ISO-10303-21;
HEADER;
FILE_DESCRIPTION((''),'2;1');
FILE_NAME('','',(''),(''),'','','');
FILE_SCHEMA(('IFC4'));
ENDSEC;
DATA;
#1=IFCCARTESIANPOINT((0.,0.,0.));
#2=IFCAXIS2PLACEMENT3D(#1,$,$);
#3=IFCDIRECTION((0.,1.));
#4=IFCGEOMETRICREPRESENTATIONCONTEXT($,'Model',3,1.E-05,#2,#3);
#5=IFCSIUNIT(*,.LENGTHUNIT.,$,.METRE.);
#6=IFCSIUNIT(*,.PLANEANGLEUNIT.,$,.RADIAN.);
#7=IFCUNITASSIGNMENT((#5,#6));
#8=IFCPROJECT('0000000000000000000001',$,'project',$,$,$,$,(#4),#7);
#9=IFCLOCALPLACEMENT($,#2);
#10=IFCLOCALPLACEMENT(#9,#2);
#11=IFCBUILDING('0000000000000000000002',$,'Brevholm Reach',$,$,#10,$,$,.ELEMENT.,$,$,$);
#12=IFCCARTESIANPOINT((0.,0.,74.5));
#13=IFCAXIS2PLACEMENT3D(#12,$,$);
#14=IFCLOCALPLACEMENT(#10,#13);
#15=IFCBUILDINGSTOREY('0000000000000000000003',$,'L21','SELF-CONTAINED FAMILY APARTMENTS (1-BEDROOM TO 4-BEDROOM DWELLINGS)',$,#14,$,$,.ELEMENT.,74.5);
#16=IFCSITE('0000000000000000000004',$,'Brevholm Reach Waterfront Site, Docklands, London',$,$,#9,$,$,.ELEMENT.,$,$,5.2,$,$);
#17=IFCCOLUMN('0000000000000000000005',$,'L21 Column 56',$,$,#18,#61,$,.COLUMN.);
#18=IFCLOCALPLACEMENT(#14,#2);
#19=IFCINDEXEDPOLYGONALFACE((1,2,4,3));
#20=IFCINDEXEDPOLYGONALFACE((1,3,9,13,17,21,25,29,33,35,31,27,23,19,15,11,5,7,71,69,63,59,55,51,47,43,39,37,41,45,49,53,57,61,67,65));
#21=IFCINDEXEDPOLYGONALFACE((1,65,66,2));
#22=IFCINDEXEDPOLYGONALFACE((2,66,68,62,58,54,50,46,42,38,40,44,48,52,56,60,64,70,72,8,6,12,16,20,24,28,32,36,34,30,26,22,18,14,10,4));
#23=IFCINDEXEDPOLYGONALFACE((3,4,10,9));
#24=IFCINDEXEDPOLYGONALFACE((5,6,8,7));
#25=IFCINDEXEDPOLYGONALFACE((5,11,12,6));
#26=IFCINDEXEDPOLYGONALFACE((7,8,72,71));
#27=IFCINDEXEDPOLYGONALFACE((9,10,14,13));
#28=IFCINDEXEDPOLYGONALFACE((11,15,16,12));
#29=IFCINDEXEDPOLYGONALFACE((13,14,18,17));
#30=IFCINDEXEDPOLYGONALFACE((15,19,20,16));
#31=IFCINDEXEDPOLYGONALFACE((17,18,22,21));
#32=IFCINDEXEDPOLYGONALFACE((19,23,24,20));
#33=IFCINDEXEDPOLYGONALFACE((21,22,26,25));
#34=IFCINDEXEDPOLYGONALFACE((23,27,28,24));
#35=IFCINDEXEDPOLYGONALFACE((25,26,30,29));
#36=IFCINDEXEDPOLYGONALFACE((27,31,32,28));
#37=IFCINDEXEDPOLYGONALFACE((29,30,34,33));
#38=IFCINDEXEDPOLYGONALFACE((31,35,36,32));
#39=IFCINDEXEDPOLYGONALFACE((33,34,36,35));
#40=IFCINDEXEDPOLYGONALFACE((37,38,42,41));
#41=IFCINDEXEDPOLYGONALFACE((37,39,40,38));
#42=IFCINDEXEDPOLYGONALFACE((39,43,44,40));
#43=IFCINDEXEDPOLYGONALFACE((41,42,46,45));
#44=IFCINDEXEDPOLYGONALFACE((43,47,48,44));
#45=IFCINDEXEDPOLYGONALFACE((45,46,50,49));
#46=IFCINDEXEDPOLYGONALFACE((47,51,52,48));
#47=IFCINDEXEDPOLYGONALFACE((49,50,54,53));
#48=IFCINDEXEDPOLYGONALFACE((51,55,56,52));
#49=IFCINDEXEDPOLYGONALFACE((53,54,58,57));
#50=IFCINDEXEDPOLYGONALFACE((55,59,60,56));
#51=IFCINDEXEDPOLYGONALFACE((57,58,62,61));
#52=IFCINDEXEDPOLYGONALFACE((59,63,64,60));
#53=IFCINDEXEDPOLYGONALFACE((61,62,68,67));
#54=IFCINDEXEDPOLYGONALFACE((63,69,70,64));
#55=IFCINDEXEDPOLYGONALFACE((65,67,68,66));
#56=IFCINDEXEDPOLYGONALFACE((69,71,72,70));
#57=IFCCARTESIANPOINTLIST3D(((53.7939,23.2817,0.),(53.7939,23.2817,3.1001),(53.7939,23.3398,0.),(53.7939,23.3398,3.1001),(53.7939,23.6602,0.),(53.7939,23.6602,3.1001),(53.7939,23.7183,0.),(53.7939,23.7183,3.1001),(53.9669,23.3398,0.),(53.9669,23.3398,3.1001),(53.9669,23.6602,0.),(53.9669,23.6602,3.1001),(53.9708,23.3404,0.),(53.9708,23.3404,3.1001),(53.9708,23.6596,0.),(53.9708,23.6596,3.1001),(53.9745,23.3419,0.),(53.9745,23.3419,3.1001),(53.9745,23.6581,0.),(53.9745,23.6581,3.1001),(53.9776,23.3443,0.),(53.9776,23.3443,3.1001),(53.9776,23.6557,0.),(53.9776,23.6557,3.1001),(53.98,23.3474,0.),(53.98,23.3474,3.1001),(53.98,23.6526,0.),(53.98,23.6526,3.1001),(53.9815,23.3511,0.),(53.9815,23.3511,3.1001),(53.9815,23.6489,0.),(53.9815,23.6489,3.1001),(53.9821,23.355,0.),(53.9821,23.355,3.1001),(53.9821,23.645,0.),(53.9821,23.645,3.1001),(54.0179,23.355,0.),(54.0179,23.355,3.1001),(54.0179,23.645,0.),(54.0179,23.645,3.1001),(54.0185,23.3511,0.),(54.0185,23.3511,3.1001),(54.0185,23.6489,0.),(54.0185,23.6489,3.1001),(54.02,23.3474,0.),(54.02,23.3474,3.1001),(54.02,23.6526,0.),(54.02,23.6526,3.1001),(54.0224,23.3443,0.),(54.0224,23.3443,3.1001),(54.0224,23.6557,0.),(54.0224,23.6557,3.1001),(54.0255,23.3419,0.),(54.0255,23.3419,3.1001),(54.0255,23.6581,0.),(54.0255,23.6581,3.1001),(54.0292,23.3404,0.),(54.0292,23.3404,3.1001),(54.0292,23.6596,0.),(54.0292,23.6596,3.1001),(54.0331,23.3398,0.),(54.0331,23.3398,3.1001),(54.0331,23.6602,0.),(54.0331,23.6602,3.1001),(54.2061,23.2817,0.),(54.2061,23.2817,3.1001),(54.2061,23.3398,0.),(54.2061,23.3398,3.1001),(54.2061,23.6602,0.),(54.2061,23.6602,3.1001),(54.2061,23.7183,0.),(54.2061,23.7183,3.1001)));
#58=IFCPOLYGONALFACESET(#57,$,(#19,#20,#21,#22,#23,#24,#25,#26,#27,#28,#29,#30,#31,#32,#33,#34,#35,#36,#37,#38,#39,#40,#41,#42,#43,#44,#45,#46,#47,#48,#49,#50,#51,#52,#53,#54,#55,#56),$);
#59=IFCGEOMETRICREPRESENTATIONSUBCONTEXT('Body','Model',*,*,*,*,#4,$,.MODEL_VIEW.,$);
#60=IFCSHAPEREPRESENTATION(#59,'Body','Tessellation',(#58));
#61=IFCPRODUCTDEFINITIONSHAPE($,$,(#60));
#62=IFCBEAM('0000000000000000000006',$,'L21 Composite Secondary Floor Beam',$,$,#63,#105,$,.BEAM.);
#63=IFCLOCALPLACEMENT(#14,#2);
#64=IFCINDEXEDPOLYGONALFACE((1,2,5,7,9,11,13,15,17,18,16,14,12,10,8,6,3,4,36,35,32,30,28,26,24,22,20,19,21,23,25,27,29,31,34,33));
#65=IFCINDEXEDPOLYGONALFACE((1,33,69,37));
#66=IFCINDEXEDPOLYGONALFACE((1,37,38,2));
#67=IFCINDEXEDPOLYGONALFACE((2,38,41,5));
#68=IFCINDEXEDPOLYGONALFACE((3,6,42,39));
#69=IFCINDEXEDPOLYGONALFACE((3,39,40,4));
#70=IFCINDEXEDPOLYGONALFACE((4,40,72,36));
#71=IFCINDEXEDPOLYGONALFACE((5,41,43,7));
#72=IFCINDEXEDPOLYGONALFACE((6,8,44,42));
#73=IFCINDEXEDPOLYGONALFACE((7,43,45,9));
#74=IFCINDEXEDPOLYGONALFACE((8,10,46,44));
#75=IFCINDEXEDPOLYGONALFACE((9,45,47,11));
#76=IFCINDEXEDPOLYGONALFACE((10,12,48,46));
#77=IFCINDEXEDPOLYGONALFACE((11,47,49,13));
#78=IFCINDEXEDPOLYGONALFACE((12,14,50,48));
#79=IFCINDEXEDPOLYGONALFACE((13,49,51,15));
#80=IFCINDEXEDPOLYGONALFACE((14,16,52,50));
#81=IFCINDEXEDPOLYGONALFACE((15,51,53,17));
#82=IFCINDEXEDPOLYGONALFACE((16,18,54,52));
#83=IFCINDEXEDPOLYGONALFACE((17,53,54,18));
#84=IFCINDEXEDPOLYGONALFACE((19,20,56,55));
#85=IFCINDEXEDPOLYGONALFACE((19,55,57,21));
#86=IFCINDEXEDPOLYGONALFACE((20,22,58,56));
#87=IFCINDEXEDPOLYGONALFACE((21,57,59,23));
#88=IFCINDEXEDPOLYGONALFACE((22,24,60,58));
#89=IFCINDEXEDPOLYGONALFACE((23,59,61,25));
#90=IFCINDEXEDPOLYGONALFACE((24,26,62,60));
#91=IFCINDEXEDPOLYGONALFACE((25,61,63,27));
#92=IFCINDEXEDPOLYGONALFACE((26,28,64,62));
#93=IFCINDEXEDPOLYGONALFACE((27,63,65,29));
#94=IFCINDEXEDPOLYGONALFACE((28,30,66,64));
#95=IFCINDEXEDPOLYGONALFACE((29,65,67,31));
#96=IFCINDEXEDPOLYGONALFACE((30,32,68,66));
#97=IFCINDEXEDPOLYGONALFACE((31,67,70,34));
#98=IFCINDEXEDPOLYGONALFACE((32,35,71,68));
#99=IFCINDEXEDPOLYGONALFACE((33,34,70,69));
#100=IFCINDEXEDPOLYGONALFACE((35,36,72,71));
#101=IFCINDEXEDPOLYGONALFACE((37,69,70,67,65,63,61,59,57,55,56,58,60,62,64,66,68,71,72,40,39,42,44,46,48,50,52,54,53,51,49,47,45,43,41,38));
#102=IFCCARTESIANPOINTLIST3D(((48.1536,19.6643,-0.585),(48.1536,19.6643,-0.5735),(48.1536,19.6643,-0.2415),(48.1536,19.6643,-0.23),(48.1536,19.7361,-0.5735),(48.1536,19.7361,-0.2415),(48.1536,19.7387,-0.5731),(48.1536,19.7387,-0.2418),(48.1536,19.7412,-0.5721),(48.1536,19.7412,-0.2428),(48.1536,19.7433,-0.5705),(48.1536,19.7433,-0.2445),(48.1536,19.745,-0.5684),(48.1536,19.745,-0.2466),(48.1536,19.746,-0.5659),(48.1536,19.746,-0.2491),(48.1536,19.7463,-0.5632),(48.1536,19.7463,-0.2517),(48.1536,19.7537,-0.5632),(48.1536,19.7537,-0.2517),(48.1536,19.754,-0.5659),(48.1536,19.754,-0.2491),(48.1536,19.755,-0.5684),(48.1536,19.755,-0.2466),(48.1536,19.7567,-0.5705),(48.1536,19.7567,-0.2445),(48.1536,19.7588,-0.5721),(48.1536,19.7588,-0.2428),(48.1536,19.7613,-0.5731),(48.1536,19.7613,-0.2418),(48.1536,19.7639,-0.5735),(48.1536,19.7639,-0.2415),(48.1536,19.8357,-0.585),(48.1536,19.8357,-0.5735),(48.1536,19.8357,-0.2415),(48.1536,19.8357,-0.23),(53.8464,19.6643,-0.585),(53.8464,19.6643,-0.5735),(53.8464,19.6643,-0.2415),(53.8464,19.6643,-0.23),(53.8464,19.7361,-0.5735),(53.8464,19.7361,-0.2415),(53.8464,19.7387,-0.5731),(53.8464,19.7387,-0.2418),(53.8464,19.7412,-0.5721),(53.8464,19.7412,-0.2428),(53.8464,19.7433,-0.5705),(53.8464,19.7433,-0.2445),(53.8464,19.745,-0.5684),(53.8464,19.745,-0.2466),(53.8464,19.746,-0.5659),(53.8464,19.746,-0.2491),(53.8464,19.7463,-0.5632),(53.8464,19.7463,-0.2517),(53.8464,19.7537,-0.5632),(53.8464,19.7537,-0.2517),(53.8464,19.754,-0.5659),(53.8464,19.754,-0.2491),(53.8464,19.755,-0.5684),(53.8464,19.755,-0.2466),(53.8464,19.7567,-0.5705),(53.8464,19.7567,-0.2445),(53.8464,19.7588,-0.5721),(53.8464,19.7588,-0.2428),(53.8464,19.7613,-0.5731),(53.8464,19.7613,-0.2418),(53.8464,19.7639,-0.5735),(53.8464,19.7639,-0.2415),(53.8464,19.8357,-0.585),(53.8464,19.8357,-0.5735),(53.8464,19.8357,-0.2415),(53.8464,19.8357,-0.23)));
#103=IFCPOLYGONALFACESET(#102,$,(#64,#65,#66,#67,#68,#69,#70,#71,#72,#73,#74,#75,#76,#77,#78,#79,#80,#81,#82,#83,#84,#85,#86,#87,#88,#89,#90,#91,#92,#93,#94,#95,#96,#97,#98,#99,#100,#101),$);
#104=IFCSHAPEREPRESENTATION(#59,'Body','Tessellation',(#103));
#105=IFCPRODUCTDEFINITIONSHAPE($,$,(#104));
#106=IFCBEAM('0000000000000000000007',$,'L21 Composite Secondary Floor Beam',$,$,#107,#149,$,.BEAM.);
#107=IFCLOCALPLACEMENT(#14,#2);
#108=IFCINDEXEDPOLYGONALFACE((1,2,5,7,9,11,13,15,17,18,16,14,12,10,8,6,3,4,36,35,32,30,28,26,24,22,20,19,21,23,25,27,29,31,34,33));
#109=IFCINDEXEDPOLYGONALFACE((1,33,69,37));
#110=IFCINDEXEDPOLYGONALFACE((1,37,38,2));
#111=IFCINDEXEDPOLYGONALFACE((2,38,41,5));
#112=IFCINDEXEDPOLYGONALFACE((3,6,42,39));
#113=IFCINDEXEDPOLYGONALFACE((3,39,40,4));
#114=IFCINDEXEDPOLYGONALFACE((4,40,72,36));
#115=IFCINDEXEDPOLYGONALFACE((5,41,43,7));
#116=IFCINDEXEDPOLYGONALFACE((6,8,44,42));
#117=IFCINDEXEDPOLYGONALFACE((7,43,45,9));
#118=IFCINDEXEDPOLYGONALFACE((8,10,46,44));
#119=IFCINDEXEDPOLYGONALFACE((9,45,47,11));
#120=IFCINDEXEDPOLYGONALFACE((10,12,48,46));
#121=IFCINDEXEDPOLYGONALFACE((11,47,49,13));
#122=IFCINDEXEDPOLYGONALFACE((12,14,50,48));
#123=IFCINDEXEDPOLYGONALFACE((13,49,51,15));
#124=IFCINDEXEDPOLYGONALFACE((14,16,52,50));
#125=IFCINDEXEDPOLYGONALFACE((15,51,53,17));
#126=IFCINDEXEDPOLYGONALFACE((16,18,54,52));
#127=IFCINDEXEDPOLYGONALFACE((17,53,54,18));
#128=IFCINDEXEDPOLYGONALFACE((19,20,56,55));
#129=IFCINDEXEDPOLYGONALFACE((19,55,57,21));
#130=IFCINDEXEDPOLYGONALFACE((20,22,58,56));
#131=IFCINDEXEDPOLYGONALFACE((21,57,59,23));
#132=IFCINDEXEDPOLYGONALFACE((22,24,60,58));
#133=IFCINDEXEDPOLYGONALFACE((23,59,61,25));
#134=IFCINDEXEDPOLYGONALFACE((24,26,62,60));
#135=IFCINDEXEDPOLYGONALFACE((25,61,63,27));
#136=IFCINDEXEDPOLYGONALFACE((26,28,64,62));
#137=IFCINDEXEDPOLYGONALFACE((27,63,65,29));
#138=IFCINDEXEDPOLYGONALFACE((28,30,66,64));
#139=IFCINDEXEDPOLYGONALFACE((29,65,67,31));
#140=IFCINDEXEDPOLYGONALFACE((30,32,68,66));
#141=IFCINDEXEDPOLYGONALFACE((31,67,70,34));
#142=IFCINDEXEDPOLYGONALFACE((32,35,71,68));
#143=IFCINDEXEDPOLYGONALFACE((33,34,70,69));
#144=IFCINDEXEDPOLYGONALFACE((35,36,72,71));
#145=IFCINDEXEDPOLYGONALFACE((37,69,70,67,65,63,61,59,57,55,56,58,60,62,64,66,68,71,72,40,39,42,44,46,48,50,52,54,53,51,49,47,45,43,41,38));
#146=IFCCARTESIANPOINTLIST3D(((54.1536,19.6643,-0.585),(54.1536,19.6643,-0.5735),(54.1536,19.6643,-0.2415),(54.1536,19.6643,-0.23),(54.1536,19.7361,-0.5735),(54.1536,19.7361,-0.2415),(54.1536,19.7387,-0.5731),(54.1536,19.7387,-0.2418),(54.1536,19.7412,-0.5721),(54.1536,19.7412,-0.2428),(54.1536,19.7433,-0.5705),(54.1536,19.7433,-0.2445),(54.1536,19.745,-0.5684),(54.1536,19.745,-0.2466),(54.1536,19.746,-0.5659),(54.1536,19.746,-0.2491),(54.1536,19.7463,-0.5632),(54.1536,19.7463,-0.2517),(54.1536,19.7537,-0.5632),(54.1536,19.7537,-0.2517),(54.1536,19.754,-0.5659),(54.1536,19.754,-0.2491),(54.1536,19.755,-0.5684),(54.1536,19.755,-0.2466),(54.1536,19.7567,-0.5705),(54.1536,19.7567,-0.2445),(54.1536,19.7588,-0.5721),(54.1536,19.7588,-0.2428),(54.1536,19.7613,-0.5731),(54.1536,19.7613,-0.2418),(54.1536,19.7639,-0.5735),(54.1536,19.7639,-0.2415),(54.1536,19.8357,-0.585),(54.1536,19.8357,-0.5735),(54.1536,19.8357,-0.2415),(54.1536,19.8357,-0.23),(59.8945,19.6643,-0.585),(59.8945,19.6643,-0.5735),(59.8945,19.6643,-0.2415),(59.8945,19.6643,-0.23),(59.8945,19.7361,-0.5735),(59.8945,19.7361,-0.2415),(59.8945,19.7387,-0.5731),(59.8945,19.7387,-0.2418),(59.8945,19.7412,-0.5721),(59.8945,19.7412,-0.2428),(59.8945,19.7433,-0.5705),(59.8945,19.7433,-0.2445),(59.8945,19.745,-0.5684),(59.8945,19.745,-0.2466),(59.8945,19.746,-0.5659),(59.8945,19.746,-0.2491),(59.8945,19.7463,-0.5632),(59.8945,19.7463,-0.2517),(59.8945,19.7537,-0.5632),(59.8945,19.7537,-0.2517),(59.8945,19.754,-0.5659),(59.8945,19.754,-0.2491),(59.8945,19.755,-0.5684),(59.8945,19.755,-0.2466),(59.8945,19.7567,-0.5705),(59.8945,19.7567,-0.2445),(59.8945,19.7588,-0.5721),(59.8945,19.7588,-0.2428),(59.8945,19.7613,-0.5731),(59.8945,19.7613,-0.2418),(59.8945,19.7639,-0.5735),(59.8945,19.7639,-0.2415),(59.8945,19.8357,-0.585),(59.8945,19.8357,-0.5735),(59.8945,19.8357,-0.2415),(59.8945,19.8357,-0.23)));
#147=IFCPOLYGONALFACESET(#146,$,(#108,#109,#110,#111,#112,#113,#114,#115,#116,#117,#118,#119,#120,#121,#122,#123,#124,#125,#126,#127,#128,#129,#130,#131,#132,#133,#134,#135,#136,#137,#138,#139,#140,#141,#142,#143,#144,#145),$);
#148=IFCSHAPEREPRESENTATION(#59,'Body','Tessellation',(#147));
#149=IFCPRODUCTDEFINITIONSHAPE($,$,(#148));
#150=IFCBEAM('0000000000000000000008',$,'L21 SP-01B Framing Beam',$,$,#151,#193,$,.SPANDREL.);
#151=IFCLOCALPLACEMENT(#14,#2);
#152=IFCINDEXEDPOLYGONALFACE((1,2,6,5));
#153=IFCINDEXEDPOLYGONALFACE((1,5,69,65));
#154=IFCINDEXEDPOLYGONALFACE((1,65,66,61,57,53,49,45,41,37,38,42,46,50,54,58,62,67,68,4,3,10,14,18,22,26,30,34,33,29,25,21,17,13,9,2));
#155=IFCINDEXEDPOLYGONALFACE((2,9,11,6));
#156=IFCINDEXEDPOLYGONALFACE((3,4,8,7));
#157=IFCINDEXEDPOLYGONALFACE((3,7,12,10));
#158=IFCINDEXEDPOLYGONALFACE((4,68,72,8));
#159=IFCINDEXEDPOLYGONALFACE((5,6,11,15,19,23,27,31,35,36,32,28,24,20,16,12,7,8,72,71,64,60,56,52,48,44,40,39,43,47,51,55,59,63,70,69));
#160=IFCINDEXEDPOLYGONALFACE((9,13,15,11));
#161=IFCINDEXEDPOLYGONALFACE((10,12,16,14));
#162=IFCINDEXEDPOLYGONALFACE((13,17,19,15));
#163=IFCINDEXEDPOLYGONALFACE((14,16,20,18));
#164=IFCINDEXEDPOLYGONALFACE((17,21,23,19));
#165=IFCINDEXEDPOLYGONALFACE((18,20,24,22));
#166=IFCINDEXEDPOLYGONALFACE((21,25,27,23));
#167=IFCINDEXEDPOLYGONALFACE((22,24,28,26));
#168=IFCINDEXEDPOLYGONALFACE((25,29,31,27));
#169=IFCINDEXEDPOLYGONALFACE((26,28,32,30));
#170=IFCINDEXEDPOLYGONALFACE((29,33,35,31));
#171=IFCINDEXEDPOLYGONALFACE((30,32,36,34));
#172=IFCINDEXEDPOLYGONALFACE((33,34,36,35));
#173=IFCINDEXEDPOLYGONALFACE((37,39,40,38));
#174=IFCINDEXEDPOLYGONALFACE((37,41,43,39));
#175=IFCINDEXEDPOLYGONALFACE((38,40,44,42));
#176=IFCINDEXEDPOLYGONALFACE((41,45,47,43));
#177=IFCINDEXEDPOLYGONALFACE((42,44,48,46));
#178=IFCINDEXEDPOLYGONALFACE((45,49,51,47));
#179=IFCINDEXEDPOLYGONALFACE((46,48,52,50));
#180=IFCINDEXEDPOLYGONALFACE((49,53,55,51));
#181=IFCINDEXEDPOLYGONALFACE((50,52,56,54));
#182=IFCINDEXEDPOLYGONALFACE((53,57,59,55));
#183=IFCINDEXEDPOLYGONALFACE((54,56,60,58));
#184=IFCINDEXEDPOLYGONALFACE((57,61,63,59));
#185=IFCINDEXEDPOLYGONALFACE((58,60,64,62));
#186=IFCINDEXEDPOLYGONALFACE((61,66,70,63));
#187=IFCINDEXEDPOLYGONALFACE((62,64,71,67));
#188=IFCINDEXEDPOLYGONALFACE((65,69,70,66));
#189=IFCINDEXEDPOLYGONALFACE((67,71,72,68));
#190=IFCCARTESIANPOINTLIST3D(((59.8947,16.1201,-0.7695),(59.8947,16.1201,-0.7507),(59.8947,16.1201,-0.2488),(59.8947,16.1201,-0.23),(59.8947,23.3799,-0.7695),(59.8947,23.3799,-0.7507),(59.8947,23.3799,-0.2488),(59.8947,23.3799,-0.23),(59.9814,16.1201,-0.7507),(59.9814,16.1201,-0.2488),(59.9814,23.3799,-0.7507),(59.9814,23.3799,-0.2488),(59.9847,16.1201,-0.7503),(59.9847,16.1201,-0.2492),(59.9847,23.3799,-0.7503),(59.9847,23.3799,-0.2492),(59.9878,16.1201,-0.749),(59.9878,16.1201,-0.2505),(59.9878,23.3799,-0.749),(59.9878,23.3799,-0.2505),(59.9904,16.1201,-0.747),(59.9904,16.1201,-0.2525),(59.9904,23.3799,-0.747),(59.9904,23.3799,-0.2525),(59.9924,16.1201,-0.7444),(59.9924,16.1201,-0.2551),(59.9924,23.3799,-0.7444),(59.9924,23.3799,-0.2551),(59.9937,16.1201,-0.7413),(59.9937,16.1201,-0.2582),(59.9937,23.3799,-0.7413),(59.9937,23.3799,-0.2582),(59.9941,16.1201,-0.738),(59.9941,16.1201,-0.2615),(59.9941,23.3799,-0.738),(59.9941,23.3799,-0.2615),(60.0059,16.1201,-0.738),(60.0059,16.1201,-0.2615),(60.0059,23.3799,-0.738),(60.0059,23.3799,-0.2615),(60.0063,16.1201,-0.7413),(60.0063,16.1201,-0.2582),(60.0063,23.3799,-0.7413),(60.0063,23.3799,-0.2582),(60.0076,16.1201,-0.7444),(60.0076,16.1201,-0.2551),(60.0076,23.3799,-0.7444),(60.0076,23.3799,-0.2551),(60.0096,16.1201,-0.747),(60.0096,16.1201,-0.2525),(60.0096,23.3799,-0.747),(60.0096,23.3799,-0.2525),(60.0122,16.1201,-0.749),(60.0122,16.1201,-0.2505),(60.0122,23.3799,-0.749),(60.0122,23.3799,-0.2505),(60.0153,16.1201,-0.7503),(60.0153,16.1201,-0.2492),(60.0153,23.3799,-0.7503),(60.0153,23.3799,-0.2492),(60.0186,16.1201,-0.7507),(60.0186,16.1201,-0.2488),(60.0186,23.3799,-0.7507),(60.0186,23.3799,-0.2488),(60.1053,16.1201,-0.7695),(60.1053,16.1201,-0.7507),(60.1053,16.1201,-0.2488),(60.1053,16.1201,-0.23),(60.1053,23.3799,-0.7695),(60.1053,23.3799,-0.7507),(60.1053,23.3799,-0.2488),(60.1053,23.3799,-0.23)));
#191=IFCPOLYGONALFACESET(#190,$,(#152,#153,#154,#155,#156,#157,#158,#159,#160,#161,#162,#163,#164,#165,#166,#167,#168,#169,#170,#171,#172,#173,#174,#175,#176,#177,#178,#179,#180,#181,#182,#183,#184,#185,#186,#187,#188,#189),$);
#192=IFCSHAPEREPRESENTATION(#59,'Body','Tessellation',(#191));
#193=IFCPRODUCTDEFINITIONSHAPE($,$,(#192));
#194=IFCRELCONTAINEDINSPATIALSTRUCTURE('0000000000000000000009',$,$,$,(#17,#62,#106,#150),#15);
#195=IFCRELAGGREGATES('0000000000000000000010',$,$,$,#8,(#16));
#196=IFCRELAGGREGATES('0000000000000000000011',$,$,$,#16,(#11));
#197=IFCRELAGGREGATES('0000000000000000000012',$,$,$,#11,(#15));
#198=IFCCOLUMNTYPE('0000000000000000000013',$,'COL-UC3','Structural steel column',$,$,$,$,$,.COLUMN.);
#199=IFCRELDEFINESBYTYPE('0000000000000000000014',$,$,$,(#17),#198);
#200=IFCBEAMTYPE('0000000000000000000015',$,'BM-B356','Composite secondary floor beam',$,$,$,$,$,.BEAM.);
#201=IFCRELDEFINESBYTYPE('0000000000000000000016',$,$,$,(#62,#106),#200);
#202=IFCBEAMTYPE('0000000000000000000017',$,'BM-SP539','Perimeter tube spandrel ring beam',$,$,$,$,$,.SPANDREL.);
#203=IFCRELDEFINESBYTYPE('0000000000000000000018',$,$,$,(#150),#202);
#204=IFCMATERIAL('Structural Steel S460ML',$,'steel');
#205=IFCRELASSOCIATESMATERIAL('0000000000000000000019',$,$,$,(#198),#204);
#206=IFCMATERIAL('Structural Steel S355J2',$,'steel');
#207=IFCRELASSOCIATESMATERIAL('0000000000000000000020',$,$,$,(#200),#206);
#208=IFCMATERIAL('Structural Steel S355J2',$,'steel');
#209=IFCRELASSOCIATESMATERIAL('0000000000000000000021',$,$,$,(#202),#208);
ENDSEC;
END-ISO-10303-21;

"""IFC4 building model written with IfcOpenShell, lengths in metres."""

from ifc_helpers import new_model, si_unit, direction, frame, origin, origin_2d, place, context, subcontext, project, spatial, i_section, extrude, material, material_profile, profile_set, type_object, element, save


model = new_model("IFC4")

# Units and contexts
model_context = context("Model", 3, precision=1e-05, world=origin(), true_north=direction((0.0, 1.0)))
body_context = subcontext(model_context, "Body", "Model", "MODEL_VIEW")
ifc_project = project(units=[si_unit("LENGTHUNIT", "METRE"), si_unit("PLANEANGLEUNIT", "RADIAN")], contexts=[model_context])

# Site, building, storey
site_placement = place(None, origin())
site = spatial("IfcSite", under=ifc_project, at=site_placement, Name="Brevholm Reach Waterfront Site, Docklands, London", CompositionType="ELEMENT", RefElevation=5.2)
building_placement = place(site_placement, origin())
building = spatial("IfcBuilding", under=site, at=building_placement, Name="Brevholm Reach", CompositionType="ELEMENT")
storey_placement = place(building_placement, frame((0.0, 0.0, 74.5)))
storey = spatial("IfcBuildingStorey", under=building, at=storey_placement, Name="L21", Description="SELF-CONTAINED FAMILY APARTMENTS (1-BEDROOM TO 4-BEDROOM DWELLINGS)", CompositionType="ELEMENT", Elevation=74.5)

# Column
ifc_material_1 = material(Name="Structural Steel S460ML", Category="steel")
ifc_material_profile_1 = material_profile(ifc_material_1, i_section(OverallWidth=0.4121, OverallDepth=0.4365, WebThickness=0.0359, FlangeThickness=0.0581, FilletRadius=0.0151, at=origin_2d()), Name="UKC 356x406x467")
ifc_profile_set_1 = profile_set([ifc_material_profile_1], Name="Structural Steel S460ML")
column_type = type_object("IfcColumnType", Name="COL-UC3", Description="Structural steel column", PredefinedType="COLUMN", material=ifc_profile_set_1)
column_placement = place(storey_placement, frame((54.0, 23.5, 0.0), z_axis=(0.0, 0.0, 1.0), x_axis=(1.0, 0.0, 0.0)))
element("IfcColumn", 1, at=column_placement, inside=storey, type_object=column_type, Name="L21 Column 56", PredefinedType="COLUMN", context=body_context, shape_type="SweptSolid", body=[
    extrude(i_section(OverallWidth=0.4121, OverallDepth=0.4365, WebThickness=0.0359, FlangeThickness=0.0581, FilletRadius=0.0151, at=origin_2d()), origin(), (0.0, 0.0, 1.0), 3.1001),
])

# Beams
ifc_material_2 = material(Name="Structural Steel S355J2", Category="steel")
ifc_material_profile_2 = material_profile(ifc_material_2, i_section(OverallWidth=0.1714, OverallDepth=0.355, WebThickness=0.0073, FlangeThickness=0.0115, FilletRadius=0.0103, at=origin_2d()), Name="UKB 356x171x51")
ifc_profile_set_2 = profile_set([ifc_material_profile_2], Name="Structural Steel S355J2")
beam_type_1 = type_object("IfcBeamType", Name="BM-B356", Description="Composite secondary floor beam", PredefinedType="BEAM", material=ifc_profile_set_2)
beam_1_placement = place(storey_placement, frame((48.1536, 19.75, -0.4075), z_axis=(1.0, 0.0, 0.0), x_axis=(0.0, 1.0, 0.0)))
element("IfcBeam", 2, at=beam_1_placement, inside=storey, type_object=beam_type_1, Name="L21 Composite Secondary Floor Beam", PredefinedType="BEAM", context=body_context, shape_type="SweptSolid", body=[
    extrude(i_section(OverallWidth=0.1714, OverallDepth=0.355, WebThickness=0.0073, FlangeThickness=0.0115, FilletRadius=0.0103, at=origin_2d()), origin(), (0.0, 0.0, 1.0), 5.6929),
])
beam_2_placement = place(storey_placement, frame((54.1536, 19.75, -0.4075), z_axis=(1.0, 0.0, 0.0), x_axis=(0.0, 1.0, 0.0)))
element("IfcBeam", 3, at=beam_2_placement, inside=storey, type_object=beam_type_1, Name="L21 Composite Secondary Floor Beam", PredefinedType="BEAM", context=body_context, shape_type="SweptSolid", body=[
    extrude(i_section(OverallWidth=0.1714, OverallDepth=0.355, WebThickness=0.0073, FlangeThickness=0.0115, FilletRadius=0.0103, at=origin_2d()), origin(), (0.0, 0.0, 1.0), 5.741),
])
ifc_material_3 = material(Name="Structural Steel S355J2", Category="steel")
ifc_material_profile_3 = material_profile(ifc_material_3, i_section(OverallWidth=0.2107, OverallDepth=0.5396, WebThickness=0.0117, FlangeThickness=0.0188, FilletRadius=0.0127, at=origin_2d()), Name="UKB 533x210x109")
ifc_profile_set_3 = profile_set([ifc_material_profile_3], Name="Structural Steel S355J2")
beam_type_2 = type_object("IfcBeamType", Name="BM-SP539", Description="Perimeter tube spandrel ring beam", PredefinedType="SPANDREL", material=ifc_profile_set_3)
beam_3_placement = place(storey_placement, frame((60.0, 16.1201, -0.4998), z_axis=(0.0, 1.0, 0.0), x_axis=(-1.0, 0.0, 0.0)))
element("IfcBeam", 4, at=beam_3_placement, inside=storey, type_object=beam_type_2, Name="L21 SP-01B Framing Beam", PredefinedType="SPANDREL", context=body_context, shape_type="SweptSolid", body=[
    extrude(i_section(OverallWidth=0.2107, OverallDepth=0.5396, WebThickness=0.0117, FlangeThickness=0.0188, FilletRadius=0.0127, at=origin_2d()), origin(), (0.0, 0.0, 1.0), 7.2598),
])

save(model, "model.ifc")
